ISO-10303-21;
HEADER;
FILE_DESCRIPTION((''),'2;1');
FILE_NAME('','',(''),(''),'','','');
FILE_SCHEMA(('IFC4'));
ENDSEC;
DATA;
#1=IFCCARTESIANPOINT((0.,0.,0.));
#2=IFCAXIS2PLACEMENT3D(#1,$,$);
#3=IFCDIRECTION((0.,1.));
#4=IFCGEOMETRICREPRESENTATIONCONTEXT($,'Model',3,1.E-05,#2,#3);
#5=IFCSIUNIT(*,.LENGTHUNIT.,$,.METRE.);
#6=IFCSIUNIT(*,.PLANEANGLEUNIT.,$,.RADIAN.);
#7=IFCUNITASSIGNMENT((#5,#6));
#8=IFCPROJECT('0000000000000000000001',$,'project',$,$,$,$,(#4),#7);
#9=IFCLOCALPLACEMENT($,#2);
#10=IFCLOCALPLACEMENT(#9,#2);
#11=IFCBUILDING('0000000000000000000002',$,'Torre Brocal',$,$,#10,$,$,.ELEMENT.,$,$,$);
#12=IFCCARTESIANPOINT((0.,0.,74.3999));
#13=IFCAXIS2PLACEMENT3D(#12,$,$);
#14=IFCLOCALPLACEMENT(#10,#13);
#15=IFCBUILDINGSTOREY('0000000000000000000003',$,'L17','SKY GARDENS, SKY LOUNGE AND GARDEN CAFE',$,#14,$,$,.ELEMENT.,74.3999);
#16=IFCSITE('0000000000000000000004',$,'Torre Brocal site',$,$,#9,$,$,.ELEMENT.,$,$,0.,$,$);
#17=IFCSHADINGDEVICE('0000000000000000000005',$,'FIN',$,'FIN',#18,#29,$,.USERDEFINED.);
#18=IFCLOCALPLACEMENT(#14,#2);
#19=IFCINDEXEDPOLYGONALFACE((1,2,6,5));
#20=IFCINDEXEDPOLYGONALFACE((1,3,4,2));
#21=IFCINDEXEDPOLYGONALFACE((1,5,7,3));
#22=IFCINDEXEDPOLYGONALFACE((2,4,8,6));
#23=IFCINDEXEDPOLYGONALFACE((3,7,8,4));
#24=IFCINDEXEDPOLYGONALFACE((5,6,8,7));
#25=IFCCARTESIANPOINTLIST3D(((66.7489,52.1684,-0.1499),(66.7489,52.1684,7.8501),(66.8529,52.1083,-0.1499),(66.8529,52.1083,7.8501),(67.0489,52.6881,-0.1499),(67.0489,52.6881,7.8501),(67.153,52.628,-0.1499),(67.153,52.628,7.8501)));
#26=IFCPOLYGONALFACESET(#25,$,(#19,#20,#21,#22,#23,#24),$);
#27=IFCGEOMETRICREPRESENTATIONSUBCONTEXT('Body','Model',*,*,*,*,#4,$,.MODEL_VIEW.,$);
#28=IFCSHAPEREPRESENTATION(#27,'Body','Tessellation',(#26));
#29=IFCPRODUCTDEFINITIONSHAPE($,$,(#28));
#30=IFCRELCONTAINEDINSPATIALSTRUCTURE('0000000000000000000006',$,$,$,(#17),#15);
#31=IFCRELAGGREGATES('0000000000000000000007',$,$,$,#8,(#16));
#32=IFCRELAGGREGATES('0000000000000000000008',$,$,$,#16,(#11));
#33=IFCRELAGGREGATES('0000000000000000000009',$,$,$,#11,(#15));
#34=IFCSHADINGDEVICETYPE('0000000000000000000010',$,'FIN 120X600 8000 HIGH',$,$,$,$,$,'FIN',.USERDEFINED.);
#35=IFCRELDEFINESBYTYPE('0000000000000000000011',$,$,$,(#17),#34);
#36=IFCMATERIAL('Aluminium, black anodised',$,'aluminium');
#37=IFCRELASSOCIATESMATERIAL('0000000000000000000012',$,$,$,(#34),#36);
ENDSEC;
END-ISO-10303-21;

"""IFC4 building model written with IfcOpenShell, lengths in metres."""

from ifc_helpers import new_model, si_unit, direction, frame, origin, origin_2d, place, context, subcontext, project, spatial, rectangle, extrude, material, material_profile, profile_set, type_object, element, save


model = new_model("IFC4")

# Units and contexts
model_context = context("Model", 3, precision=1e-05, world=origin(), true_north=direction((0.0, 1.0)))
body_context = subcontext(model_context, "Body", "Model", "MODEL_VIEW")
ifc_project = project(units=[si_unit("LENGTHUNIT", "METRE"), si_unit("PLANEANGLEUNIT", "RADIAN")], contexts=[model_context])

# Site, building, storey
site_placement = place(None, origin())
site = spatial("IfcSite", under=ifc_project, at=site_placement, Name="Torre Brocal site", CompositionType="ELEMENT", RefElevation=0.0)
building_placement = place(site_placement, origin())
building = spatial("IfcBuilding", under=site, at=building_placement, Name="Torre Brocal", CompositionType="ELEMENT")
storey_placement = place(building_placement, frame((0.0, 0.0, 74.3999)))
storey = spatial("IfcBuildingStorey", under=building, at=storey_placement, Name="L17", Description="SKY GARDENS, SKY LOUNGE AND GARDEN CAFE", CompositionType="ELEMENT", Elevation=74.3999)

# Shading device
ifc_material_1 = material(Name="Aluminium, black anodised", Category="aluminium")
ifc_material_profile_1 = material_profile(ifc_material_1, rectangle(XDim=0.1201, YDim=0.6001, at=origin_2d()), Name="FIN 120X600 8000 HIGH")
ifc_profile_set_1 = profile_set([ifc_material_profile_1], Name="Aluminium, black anodised")
shading_device_type = type_object("IfcShadingDeviceType", Name="FIN 120X600 8000 HIGH", ElementType="FIN", PredefinedType="USERDEFINED", material=ifc_profile_set_1)
shading_device_placement = place(storey_placement, frame((66.9509, 52.3982, -0.1499), z_axis=(0.0, 0.0, 1.0), x_axis=(0.866025, -0.5, 0.0)))
element("IfcShadingDevice", 1, at=shading_device_placement, inside=storey, type_object=shading_device_type, Name="FIN", ObjectType="FIN", PredefinedType="USERDEFINED", context=body_context, shape_type="SweptSolid", body=[
    extrude(rectangle(XDim=0.1201, YDim=0.6001, at=origin_2d()), origin(), (0.0, 0.0, 1.0), 8.0),
])

save(model, "model.ifc")
